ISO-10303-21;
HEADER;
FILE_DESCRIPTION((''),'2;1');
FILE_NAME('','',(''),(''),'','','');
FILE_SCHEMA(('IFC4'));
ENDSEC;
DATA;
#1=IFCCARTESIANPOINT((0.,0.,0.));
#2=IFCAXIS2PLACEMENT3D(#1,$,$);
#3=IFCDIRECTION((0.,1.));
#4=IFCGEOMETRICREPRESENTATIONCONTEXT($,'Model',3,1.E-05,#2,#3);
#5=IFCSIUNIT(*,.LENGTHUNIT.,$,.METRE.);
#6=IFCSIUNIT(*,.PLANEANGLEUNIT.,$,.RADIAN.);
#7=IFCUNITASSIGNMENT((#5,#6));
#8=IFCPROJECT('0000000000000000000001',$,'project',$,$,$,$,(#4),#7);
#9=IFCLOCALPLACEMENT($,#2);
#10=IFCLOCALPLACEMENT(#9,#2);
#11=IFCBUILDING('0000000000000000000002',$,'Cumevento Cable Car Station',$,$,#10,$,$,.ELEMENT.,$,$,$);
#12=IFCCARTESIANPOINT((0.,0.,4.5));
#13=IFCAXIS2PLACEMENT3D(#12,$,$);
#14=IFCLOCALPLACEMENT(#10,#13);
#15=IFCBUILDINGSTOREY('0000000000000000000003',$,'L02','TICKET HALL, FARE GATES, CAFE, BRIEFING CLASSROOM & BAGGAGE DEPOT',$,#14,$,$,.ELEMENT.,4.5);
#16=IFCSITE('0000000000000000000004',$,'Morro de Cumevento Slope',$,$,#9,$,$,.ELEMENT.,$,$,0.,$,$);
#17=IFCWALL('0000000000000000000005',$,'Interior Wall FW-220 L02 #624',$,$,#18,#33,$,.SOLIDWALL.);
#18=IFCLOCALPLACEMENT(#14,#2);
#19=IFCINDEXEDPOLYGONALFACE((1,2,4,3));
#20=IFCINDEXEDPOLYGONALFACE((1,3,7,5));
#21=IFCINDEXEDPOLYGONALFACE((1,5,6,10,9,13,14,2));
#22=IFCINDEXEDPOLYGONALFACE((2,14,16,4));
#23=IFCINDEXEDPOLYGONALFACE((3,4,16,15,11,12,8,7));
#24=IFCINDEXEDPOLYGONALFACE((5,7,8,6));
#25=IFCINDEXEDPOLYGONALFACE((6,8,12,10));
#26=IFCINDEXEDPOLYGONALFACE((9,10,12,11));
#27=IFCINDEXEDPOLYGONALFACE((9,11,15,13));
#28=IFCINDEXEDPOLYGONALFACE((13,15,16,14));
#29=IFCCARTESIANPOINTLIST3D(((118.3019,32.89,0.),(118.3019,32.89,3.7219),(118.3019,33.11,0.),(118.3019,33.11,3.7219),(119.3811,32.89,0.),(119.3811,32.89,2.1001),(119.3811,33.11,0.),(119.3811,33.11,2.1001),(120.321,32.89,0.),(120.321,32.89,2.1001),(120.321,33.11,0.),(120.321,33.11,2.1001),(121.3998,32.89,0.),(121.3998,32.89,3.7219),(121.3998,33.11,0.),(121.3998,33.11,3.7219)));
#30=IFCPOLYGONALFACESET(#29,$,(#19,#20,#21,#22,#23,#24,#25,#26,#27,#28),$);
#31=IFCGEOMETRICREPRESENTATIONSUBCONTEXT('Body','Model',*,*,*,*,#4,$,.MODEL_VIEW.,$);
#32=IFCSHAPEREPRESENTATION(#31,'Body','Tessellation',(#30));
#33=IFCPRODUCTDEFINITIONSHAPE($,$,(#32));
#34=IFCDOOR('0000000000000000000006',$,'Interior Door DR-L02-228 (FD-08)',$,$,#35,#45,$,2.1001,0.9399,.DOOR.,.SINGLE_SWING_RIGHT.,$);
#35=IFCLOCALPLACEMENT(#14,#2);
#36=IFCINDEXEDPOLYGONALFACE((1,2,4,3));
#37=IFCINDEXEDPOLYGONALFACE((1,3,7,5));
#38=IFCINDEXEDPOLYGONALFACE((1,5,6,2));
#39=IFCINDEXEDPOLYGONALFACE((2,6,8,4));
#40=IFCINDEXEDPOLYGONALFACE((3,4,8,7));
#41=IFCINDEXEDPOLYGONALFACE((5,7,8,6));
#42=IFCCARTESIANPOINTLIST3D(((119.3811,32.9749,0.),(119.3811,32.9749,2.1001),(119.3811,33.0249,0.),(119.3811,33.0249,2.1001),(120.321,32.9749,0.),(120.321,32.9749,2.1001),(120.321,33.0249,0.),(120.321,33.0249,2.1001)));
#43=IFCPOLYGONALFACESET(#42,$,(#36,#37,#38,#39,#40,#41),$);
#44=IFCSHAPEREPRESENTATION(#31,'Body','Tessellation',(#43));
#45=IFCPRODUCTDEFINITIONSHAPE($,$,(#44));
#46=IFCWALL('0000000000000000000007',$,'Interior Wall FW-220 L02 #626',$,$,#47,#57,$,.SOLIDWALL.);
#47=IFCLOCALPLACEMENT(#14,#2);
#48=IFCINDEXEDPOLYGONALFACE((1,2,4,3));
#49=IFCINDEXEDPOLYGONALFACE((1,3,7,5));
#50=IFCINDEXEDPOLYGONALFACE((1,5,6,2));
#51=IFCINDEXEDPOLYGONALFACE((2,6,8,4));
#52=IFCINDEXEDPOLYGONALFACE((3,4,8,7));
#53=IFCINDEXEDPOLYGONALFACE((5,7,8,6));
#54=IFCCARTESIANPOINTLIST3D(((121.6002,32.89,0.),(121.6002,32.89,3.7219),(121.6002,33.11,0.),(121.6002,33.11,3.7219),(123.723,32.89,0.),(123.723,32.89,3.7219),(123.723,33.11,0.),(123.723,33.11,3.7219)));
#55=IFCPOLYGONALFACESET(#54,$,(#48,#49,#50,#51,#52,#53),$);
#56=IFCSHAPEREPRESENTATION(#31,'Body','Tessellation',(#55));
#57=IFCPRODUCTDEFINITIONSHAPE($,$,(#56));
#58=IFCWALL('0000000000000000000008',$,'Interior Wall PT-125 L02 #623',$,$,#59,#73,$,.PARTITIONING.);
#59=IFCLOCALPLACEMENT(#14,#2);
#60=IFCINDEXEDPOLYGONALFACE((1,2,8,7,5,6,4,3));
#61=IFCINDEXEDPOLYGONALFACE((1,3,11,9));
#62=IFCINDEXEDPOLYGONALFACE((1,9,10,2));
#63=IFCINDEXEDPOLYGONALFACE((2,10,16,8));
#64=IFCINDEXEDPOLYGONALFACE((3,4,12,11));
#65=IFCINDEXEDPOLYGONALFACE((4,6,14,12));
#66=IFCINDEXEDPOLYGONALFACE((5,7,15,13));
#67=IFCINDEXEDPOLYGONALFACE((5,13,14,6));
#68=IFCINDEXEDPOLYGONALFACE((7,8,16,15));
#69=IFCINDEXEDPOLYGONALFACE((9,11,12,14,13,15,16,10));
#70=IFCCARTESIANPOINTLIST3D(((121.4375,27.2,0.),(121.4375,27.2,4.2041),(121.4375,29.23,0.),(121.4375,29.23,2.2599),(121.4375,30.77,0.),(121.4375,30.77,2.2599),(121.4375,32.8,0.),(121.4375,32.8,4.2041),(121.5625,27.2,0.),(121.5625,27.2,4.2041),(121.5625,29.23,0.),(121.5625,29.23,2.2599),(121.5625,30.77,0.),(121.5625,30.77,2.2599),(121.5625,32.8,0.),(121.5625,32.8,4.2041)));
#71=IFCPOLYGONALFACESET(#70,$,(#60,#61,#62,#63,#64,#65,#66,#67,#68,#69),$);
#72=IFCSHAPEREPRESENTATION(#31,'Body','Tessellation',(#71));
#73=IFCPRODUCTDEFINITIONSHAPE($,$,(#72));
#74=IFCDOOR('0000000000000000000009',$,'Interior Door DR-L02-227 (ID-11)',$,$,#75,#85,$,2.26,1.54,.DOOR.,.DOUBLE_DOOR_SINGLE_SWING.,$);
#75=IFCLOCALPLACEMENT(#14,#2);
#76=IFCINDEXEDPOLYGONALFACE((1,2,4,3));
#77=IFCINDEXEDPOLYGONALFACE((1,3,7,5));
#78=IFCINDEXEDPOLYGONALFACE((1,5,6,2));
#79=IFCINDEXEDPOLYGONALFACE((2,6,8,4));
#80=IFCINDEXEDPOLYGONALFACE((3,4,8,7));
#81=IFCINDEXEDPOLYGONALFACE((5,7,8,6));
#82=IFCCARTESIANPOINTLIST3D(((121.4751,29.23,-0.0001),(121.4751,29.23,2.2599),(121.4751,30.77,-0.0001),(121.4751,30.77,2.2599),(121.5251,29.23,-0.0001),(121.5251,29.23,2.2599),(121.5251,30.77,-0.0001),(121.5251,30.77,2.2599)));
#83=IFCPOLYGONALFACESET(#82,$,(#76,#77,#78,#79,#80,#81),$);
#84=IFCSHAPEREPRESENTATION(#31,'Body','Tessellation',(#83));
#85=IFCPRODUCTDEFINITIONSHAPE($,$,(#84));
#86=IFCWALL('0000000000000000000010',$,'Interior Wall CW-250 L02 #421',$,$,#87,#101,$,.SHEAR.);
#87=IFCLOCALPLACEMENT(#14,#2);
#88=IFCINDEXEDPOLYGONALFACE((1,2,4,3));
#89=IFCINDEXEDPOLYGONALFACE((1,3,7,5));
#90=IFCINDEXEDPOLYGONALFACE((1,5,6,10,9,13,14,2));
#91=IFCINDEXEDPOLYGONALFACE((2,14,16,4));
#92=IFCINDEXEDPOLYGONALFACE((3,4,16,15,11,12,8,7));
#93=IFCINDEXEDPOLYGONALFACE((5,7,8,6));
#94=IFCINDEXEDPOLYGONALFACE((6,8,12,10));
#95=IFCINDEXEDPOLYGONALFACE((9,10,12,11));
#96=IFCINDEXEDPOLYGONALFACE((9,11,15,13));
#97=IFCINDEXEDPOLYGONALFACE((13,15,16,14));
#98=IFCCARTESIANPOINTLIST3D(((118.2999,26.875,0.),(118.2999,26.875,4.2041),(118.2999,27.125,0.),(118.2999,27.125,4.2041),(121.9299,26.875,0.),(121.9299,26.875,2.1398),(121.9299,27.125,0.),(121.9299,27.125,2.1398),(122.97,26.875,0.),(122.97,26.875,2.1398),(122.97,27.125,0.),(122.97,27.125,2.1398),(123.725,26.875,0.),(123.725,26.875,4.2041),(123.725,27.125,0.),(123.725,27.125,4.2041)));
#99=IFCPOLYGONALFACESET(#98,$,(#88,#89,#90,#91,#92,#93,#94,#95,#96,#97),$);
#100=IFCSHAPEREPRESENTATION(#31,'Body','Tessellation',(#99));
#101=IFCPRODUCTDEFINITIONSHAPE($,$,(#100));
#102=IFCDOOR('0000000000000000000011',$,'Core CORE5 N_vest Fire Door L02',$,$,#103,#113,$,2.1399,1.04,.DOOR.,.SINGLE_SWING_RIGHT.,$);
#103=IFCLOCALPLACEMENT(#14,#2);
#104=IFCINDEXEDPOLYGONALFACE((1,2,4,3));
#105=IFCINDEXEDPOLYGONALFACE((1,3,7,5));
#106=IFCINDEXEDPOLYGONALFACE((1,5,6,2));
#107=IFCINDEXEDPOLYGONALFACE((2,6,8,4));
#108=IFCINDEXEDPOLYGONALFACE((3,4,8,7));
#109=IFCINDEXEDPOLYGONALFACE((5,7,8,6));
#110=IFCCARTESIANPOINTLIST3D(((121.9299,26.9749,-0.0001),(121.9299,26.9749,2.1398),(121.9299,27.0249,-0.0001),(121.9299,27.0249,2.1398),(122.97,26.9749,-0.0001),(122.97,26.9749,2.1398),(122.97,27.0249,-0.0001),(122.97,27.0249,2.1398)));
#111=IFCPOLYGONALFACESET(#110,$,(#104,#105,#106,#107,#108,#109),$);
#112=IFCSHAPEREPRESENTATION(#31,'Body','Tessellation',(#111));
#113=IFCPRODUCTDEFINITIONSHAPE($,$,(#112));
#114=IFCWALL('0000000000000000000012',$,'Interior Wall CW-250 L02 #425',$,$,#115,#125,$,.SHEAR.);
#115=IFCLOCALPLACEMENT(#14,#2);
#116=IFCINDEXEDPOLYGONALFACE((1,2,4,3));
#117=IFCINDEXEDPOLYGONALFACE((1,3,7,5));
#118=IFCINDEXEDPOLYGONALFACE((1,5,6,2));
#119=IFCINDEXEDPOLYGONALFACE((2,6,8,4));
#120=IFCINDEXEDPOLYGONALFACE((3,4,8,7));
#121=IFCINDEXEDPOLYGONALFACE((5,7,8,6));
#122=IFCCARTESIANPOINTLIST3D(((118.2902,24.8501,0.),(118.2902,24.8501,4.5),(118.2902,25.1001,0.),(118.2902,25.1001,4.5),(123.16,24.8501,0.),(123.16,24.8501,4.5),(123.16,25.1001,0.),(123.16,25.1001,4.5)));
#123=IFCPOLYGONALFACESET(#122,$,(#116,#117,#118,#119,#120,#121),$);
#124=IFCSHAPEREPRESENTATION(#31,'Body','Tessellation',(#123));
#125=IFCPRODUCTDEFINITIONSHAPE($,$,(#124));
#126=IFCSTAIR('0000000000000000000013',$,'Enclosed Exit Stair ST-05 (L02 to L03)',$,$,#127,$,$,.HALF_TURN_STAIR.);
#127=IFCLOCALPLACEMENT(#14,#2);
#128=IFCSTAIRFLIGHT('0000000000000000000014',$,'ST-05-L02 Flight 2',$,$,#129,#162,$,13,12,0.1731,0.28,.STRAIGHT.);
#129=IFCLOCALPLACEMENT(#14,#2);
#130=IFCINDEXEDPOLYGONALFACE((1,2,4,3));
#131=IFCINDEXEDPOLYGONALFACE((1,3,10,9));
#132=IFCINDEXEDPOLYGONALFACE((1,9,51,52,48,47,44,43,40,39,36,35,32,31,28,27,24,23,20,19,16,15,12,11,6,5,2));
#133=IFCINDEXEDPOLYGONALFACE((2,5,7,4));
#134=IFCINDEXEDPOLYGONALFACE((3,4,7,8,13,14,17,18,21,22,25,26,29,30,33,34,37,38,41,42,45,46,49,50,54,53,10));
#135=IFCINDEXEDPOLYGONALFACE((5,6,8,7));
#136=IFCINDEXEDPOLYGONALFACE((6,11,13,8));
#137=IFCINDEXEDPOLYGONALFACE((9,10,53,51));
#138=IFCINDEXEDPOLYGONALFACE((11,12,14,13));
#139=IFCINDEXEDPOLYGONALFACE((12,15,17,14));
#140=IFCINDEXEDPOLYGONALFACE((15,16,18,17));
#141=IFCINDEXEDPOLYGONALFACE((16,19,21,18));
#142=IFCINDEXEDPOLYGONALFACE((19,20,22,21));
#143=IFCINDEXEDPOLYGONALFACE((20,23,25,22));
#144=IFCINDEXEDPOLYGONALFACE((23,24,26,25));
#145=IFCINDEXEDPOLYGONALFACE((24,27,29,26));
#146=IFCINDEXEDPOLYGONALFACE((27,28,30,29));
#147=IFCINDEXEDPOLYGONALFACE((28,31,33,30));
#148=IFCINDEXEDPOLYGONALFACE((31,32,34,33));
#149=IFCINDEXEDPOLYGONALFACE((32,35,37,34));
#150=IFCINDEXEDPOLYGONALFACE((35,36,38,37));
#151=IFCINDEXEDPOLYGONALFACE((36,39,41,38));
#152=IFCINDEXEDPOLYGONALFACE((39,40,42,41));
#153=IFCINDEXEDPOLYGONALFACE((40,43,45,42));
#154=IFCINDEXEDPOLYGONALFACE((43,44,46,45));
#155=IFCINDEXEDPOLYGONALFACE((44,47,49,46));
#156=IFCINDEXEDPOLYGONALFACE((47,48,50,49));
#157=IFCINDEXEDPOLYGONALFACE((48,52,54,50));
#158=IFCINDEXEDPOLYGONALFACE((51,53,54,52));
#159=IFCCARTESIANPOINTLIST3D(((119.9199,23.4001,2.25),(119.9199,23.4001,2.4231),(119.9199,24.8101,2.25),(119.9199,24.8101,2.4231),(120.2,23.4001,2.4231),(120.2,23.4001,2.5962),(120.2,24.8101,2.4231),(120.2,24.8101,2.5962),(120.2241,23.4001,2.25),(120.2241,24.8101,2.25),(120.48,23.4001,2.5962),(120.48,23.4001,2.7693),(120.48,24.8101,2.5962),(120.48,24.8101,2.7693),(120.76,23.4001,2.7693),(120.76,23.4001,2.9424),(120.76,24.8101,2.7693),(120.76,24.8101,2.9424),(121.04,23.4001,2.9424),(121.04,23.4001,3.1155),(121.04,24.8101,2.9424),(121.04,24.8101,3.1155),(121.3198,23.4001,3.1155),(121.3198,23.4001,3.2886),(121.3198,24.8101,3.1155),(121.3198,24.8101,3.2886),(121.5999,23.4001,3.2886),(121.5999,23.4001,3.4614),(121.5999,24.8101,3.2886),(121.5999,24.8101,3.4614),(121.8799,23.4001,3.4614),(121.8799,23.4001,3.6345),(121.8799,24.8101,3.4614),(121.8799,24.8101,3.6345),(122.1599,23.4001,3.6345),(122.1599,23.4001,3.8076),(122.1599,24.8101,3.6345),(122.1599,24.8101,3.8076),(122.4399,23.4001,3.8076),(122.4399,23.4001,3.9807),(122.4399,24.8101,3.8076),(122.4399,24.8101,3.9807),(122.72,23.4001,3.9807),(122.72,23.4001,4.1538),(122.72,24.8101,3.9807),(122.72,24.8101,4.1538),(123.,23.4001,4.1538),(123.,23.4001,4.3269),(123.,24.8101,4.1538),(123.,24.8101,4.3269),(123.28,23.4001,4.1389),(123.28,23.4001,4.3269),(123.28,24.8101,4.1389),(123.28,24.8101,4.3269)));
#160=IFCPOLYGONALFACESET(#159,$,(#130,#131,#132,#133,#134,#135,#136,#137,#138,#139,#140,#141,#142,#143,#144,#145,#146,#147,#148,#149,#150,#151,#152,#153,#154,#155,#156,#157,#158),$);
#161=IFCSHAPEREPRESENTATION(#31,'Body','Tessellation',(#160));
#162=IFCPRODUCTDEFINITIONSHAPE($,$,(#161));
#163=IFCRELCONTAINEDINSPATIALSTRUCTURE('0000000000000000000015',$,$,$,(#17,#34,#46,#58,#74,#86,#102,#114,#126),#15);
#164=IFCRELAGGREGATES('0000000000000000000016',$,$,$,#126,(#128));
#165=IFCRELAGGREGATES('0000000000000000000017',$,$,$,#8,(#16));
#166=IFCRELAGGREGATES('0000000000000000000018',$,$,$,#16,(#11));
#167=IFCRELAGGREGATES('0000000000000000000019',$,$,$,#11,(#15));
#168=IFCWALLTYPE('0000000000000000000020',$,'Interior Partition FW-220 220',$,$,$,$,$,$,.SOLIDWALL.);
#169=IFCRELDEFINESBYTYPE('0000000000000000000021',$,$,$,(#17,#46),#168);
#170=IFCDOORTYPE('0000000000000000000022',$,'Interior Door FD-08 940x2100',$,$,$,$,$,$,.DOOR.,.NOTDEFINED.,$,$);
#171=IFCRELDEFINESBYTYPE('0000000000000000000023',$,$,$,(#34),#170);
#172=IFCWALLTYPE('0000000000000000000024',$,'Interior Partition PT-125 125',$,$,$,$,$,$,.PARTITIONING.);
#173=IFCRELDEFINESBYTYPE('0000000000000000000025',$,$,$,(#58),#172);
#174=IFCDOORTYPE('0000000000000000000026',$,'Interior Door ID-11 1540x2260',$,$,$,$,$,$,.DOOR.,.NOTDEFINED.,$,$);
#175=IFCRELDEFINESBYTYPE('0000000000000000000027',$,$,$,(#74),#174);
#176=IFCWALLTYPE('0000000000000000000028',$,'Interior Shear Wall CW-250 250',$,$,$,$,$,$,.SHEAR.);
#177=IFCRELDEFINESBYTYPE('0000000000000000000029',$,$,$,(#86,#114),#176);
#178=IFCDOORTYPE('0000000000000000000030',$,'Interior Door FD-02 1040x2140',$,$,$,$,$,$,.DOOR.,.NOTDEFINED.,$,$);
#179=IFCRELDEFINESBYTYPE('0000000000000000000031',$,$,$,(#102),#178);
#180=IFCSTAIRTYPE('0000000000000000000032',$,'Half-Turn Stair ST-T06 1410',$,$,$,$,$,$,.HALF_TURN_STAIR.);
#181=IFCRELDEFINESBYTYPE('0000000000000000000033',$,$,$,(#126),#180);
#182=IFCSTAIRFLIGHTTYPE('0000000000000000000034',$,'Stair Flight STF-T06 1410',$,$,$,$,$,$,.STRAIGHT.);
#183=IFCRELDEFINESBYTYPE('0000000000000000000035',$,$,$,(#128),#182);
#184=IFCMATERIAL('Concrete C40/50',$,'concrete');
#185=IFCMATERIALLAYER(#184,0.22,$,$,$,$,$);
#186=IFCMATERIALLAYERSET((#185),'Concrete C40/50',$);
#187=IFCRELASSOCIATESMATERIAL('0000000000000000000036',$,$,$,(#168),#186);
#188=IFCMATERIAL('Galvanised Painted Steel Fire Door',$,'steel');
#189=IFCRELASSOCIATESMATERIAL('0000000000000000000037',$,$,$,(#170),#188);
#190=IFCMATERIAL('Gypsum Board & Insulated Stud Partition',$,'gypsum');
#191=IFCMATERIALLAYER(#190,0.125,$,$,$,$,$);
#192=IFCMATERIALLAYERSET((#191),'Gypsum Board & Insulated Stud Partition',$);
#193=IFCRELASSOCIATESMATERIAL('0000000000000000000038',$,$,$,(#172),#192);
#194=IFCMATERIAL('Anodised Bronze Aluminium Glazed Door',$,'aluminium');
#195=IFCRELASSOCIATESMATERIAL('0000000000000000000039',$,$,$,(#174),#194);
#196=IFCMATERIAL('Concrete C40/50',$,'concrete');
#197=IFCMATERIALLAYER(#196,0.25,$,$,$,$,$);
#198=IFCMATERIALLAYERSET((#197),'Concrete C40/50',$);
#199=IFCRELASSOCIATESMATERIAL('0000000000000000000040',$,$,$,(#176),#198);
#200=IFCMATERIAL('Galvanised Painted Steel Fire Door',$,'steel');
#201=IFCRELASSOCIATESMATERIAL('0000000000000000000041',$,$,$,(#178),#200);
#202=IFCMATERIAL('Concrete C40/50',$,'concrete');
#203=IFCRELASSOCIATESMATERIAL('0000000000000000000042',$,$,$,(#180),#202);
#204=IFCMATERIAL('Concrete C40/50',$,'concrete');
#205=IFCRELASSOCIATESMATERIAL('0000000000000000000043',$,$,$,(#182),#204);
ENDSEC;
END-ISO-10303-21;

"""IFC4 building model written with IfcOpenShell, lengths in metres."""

from ifc_helpers import new_model, si_unit, direction, frame, frame_2d, origin, place, context, subcontext, project, spatial, polyline, rectangle, outline, extrude, material, layer, layer_set, type_object, element, fill, aggregate, save


model = new_model("IFC4")

# Units and contexts
model_context = context("Model", 3, precision=1e-05, world=origin(), true_north=direction((0.0, 1.0)))
body_context = subcontext(model_context, "Body", "Model", "MODEL_VIEW")
ifc_project = project(units=[si_unit("LENGTHUNIT", "METRE"), si_unit("PLANEANGLEUNIT", "RADIAN")], contexts=[model_context])

# Site, building, storey
site_placement = place(None, origin())
site = spatial("IfcSite", under=ifc_project, at=site_placement, Name="Morro de Cumevento Slope", CompositionType="ELEMENT", RefElevation=0.0)
building_placement = place(site_placement, origin())
building = spatial("IfcBuilding", under=site, at=building_placement, Name="Cumevento Cable Car Station", CompositionType="ELEMENT")
storey_placement = place(building_placement, frame((0.0, 0.0, 4.5)))
storey = spatial("IfcBuildingStorey", under=building, at=storey_placement, Name="L02", Description="TICKET HALL, FARE GATES, CAFE, BRIEFING CLASSROOM & BAGGAGE DEPOT", CompositionType="ELEMENT", Elevation=4.5)

# Wall, opening, door
ifc_material_1 = material(Name="Concrete C40/50", Category="concrete")
ifc_layer_1 = layer(ifc_material_1, 0.22)
ifc_layer_set_1 = layer_set([ifc_layer_1], Name="Concrete C40/50")
wall_type_1 = type_object("IfcWallType", Name="Interior Partition FW-220 220", PredefinedType="SOLIDWALL", material=ifc_layer_set_1)
wall_1_placement = place(storey_placement, frame((118.302, 33.0, 0.0), z_axis=(0.0, 0.0, 1.0), x_axis=(1.0, 0.0, 0.0)))
wall_1 = element("IfcWall", 1, at=wall_1_placement, inside=storey, type_object=wall_type_1, Name="Interior Wall FW-220 L02 #624", PredefinedType="SOLIDWALL", context=body_context, shape_type="SweptSolid", body=[
    extrude(rectangle(XDim=3.0979, YDim=0.22, at=frame_2d((1.5488, 0.0))), origin(), (0.0, 0.0, 1.0), 3.7219),
])
opening_1_placement = place(wall_1_placement, frame((1.0791, 0.0, 0.0)))
opening_1 = element("IfcOpeningElement", 2, at=opening_1_placement, cuts=wall_1, PredefinedType="OPENING", context=body_context, shape_type="SweptSolid", body=[
    extrude(rectangle(XDim=0.9399, YDim=2.1001, at=frame_2d((0.47, 1.05))), frame((0.0, 0.1199, 0.0), z_axis=(0.0, -1.0, 0.0), x_axis=(1.0, 0.0, 0.0)), (0.0, 0.0, 1.0), 0.24),
])
ifc_material_2 = material(Name="Galvanised Painted Steel Fire Door", Category="steel")
door_type_1 = type_object("IfcDoorType", Name="Interior Door FD-08 940x2100", OperationType="NOTDEFINED", PredefinedType="DOOR", material=ifc_material_2)
door_1_placement = place(opening_1_placement, origin())
door_1 = element("IfcDoor", 3, at=door_1_placement, inside=storey, type_object=door_type_1, Name="Interior Door DR-L02-228 (FD-08)", OperationType="SINGLE_SWING_RIGHT", OverallHeight=2.1001, OverallWidth=0.9399, PredefinedType="DOOR", context=body_context, shape_type="SweptSolid", body=[
    extrude(rectangle(XDim=0.9399, YDim=2.1001, at=frame_2d((0.47, 1.05))), frame((0.0, 0.0249, 0.0), z_axis=(0.0, -1.0, 0.0), x_axis=(1.0, 0.0, 0.0)), (0.0, 0.0, 1.0), 0.05),
])
fill(opening_1, door_1)

# Wall
wall_2_placement = place(storey_placement, frame((121.6001, 33.0, 0.0), z_axis=(0.0, 0.0, 1.0), x_axis=(1.0, 0.0, 0.0)))
element("IfcWall", 4, at=wall_2_placement, inside=storey, type_object=wall_type_1, Name="Interior Wall FW-220 L02 #626", PredefinedType="SOLIDWALL", context=body_context, shape_type="SweptSolid", body=[
    extrude(rectangle(XDim=2.1228, YDim=0.22, at=frame_2d((1.0615, 0.0))), origin(), (0.0, 0.0, 1.0), 3.7219),
])

# Walls, openings, doors
ifc_material_3 = material(Name="Gypsum Board & Insulated Stud Partition", Category="gypsum")
ifc_layer_2 = layer(ifc_material_3, 0.125)
ifc_layer_set_2 = layer_set([ifc_layer_2], Name="Gypsum Board & Insulated Stud Partition")
wall_type_2 = type_object("IfcWallType", Name="Interior Partition PT-125 125", PredefinedType="PARTITIONING", material=ifc_layer_set_2)
wall_3_placement = place(storey_placement, frame((121.5, 27.2, 0.0), z_axis=(0.0, 0.0, 1.0), x_axis=(0.0, 1.0, 0.0)))
wall_3 = element("IfcWall", 5, at=wall_3_placement, inside=storey, type_object=wall_type_2, Name="Interior Wall PT-125 L02 #623", PredefinedType="PARTITIONING", context=body_context, shape_type="SweptSolid", body=[
    extrude(rectangle(XDim=5.6001, YDim=0.125, at=frame_2d((2.8, 0.0))), origin(), (0.0, 0.0, 1.0), 4.2041),
])
opening_2_placement = place(wall_3_placement, frame((2.03, 0.0, 0.0)))
opening_2 = element("IfcOpeningElement", 6, at=opening_2_placement, cuts=wall_3, PredefinedType="OPENING", context=body_context, shape_type="SweptSolid", body=[
    extrude(rectangle(XDim=1.54, YDim=2.26, at=frame_2d((0.77, 1.1299))), frame((0.0, 0.0725, 0.0), z_axis=(0.0, -1.0, 0.0), x_axis=(1.0, 0.0, 0.0)), (0.0, 0.0, 1.0), 0.145),
])
ifc_material_4 = material(Name="Anodised Bronze Aluminium Glazed Door", Category="aluminium")
door_type_2 = type_object("IfcDoorType", Name="Interior Door ID-11 1540x2260", OperationType="NOTDEFINED", PredefinedType="DOOR", material=ifc_material_4)
door_2_placement = place(opening_2_placement, origin())
door_2 = element("IfcDoor", 7, at=door_2_placement, inside=storey, type_object=door_type_2, Name="Interior Door DR-L02-227 (ID-11)", OperationType="DOUBLE_DOOR_SINGLE_SWING", OverallHeight=2.26, OverallWidth=1.54, PredefinedType="DOOR", context=body_context, shape_type="SweptSolid", body=[
    extrude(rectangle(XDim=1.54, YDim=2.26, at=frame_2d((0.77, 1.1299))), frame((0.0, 0.0249, 0.0), z_axis=(0.0, -1.0, 0.0), x_axis=(1.0, 0.0, 0.0)), (0.0, 0.0, 1.0), 0.05),
])
fill(opening_2, door_2)
ifc_material_5 = material(Name="Concrete C40/50", Category="concrete")
ifc_layer_3 = layer(ifc_material_5, 0.25)
ifc_layer_set_3 = layer_set([ifc_layer_3], Name="Concrete C40/50")
wall_type_3 = type_object("IfcWallType", Name="Interior Shear Wall CW-250 250", PredefinedType="SHEAR", material=ifc_layer_set_3)
wall_4_placement = place(storey_placement, frame((118.3, 27.0, 0.0), z_axis=(0.0, 0.0, 1.0), x_axis=(1.0, 0.0, 0.0)))
wall_4 = element("IfcWall", 8, at=wall_4_placement, inside=storey, type_object=wall_type_3, Name="Interior Wall CW-250 L02 #421", PredefinedType="SHEAR", context=body_context, shape_type="SweptSolid", body=[
    extrude(rectangle(XDim=5.425, YDim=0.25, at=frame_2d((2.7124, 0.0))), origin(), (0.0, 0.0, 1.0), 4.2041),
])
opening_3_placement = place(wall_4_placement, frame((3.6299, 0.0, 0.0)))
opening_3 = element("IfcOpeningElement", 9, at=opening_3_placement, cuts=wall_4, PredefinedType="OPENING", context=body_context, shape_type="SweptSolid", body=[
    extrude(rectangle(XDim=1.04, YDim=2.1399, at=frame_2d((0.52, 1.0698))), frame((0.0, 0.135, 0.0), z_axis=(0.0, -1.0, 0.0), x_axis=(1.0, 0.0, 0.0)), (0.0, 0.0, 1.0), 0.27),
])
ifc_material_6 = material(Name="Galvanised Painted Steel Fire Door", Category="steel")
door_type_3 = type_object("IfcDoorType", Name="Interior Door FD-02 1040x2140", OperationType="NOTDEFINED", PredefinedType="DOOR", material=ifc_material_6)
door_3_placement = place(opening_3_placement, origin())
door_3 = element("IfcDoor", 10, at=door_3_placement, inside=storey, type_object=door_type_3, Name="Core CORE5 N_vest Fire Door L02", OperationType="SINGLE_SWING_RIGHT", OverallHeight=2.1399, OverallWidth=1.04, PredefinedType="DOOR", context=body_context, shape_type="SweptSolid", body=[
    extrude(rectangle(XDim=1.04, YDim=2.1399, at=frame_2d((0.52, 1.0698))), frame((0.0, 0.0249, 0.0), z_axis=(0.0, -1.0, 0.0), x_axis=(1.0, 0.0, 0.0)), (0.0, 0.0, 1.0), 0.05),
])
fill(opening_3, door_3)

# Wall
wall_5_placement = place(storey_placement, frame((118.29, 24.9751, 0.0), z_axis=(0.0, 0.0, 1.0), x_axis=(1.0, 0.0, 0.0)))
element("IfcWall", 11, at=wall_5_placement, inside=storey, type_object=wall_type_3, Name="Interior Wall CW-250 L02 #425", PredefinedType="SHEAR", context=body_context, shape_type="SweptSolid", body=[
    extrude(rectangle(XDim=4.8699, YDim=0.25, at=frame_2d((2.4351, 0.0))), origin(), (0.0, 0.0, 1.0), 4.5),
])

# Stair, stair flight
ifc_material_7 = material(Name="Concrete C40/50", Category="concrete")
stair_type = type_object("IfcStairType", Name="Half-Turn Stair ST-T06 1410", PredefinedType="HALF_TURN_STAIR", material=ifc_material_7)
stair_placement = place(storey_placement, origin())
stair = element("IfcStair", 12, at=stair_placement, inside=storey, type_object=stair_type, Name="Enclosed Exit Stair ST-05 (L02 to L03)", PredefinedType="HALF_TURN_STAIR")
ifc_material_8 = material(Name="Concrete C40/50", Category="concrete")
stair_flight_type = type_object("IfcStairFlightType", Name="Stair Flight STF-T06 1410", PredefinedType="STRAIGHT", material=ifc_material_8)
stair_flight_placement = place(storey_placement, frame((119.9199, 24.105, 2.25), z_axis=(0.0, 0.0, 1.0), x_axis=(1.0, 0.0, 0.0)))
stair_flight = element("IfcStairFlight", 13, at=stair_flight_placement, type_object=stair_flight_type, Name="ST-05-L02 Flight 2", NumberOfRisers=13, NumberOfTreads=12, PredefinedType="STRAIGHT", RiserHeight=0.1731, TreadLength=0.28, context=body_context, shape_type="SweptSolid", body=[
    extrude(outline(polyline([(0.0, 0.0), (0.0, 0.1731), (0.28, 0.1731), (0.28, 0.3462), (0.5601, 0.3462), (0.5601, 0.5193), (0.8401, 0.5193), (0.8401, 0.6924), (1.1201, 0.6924), (1.1201, 0.8655), (1.3999, 0.8655), (1.3999, 1.0386), (1.6799, 1.0386), (1.6799, 1.2114), (1.96, 1.2114), (1.96, 1.3845), (2.24, 1.3845), (2.24, 1.5576), (2.52, 1.5576), (2.52, 1.7307), (2.8, 1.7307), (2.8, 1.9038), (3.0801, 1.9038), (3.0801, 2.0769), (3.3601, 2.0769), (3.3601, 2.25), (3.3601, 1.8889), (0.3042, 0.0), (0.0, 0.0)])), frame((0.0, 0.7051, 0.0), z_axis=(0.0, -1.0, 0.0), x_axis=(1.0, 0.0, 0.0)), (0.0, 0.0, 1.0), 1.4099),
])
aggregate(stair, [stair_flight])

save(model, "model.ifc")
